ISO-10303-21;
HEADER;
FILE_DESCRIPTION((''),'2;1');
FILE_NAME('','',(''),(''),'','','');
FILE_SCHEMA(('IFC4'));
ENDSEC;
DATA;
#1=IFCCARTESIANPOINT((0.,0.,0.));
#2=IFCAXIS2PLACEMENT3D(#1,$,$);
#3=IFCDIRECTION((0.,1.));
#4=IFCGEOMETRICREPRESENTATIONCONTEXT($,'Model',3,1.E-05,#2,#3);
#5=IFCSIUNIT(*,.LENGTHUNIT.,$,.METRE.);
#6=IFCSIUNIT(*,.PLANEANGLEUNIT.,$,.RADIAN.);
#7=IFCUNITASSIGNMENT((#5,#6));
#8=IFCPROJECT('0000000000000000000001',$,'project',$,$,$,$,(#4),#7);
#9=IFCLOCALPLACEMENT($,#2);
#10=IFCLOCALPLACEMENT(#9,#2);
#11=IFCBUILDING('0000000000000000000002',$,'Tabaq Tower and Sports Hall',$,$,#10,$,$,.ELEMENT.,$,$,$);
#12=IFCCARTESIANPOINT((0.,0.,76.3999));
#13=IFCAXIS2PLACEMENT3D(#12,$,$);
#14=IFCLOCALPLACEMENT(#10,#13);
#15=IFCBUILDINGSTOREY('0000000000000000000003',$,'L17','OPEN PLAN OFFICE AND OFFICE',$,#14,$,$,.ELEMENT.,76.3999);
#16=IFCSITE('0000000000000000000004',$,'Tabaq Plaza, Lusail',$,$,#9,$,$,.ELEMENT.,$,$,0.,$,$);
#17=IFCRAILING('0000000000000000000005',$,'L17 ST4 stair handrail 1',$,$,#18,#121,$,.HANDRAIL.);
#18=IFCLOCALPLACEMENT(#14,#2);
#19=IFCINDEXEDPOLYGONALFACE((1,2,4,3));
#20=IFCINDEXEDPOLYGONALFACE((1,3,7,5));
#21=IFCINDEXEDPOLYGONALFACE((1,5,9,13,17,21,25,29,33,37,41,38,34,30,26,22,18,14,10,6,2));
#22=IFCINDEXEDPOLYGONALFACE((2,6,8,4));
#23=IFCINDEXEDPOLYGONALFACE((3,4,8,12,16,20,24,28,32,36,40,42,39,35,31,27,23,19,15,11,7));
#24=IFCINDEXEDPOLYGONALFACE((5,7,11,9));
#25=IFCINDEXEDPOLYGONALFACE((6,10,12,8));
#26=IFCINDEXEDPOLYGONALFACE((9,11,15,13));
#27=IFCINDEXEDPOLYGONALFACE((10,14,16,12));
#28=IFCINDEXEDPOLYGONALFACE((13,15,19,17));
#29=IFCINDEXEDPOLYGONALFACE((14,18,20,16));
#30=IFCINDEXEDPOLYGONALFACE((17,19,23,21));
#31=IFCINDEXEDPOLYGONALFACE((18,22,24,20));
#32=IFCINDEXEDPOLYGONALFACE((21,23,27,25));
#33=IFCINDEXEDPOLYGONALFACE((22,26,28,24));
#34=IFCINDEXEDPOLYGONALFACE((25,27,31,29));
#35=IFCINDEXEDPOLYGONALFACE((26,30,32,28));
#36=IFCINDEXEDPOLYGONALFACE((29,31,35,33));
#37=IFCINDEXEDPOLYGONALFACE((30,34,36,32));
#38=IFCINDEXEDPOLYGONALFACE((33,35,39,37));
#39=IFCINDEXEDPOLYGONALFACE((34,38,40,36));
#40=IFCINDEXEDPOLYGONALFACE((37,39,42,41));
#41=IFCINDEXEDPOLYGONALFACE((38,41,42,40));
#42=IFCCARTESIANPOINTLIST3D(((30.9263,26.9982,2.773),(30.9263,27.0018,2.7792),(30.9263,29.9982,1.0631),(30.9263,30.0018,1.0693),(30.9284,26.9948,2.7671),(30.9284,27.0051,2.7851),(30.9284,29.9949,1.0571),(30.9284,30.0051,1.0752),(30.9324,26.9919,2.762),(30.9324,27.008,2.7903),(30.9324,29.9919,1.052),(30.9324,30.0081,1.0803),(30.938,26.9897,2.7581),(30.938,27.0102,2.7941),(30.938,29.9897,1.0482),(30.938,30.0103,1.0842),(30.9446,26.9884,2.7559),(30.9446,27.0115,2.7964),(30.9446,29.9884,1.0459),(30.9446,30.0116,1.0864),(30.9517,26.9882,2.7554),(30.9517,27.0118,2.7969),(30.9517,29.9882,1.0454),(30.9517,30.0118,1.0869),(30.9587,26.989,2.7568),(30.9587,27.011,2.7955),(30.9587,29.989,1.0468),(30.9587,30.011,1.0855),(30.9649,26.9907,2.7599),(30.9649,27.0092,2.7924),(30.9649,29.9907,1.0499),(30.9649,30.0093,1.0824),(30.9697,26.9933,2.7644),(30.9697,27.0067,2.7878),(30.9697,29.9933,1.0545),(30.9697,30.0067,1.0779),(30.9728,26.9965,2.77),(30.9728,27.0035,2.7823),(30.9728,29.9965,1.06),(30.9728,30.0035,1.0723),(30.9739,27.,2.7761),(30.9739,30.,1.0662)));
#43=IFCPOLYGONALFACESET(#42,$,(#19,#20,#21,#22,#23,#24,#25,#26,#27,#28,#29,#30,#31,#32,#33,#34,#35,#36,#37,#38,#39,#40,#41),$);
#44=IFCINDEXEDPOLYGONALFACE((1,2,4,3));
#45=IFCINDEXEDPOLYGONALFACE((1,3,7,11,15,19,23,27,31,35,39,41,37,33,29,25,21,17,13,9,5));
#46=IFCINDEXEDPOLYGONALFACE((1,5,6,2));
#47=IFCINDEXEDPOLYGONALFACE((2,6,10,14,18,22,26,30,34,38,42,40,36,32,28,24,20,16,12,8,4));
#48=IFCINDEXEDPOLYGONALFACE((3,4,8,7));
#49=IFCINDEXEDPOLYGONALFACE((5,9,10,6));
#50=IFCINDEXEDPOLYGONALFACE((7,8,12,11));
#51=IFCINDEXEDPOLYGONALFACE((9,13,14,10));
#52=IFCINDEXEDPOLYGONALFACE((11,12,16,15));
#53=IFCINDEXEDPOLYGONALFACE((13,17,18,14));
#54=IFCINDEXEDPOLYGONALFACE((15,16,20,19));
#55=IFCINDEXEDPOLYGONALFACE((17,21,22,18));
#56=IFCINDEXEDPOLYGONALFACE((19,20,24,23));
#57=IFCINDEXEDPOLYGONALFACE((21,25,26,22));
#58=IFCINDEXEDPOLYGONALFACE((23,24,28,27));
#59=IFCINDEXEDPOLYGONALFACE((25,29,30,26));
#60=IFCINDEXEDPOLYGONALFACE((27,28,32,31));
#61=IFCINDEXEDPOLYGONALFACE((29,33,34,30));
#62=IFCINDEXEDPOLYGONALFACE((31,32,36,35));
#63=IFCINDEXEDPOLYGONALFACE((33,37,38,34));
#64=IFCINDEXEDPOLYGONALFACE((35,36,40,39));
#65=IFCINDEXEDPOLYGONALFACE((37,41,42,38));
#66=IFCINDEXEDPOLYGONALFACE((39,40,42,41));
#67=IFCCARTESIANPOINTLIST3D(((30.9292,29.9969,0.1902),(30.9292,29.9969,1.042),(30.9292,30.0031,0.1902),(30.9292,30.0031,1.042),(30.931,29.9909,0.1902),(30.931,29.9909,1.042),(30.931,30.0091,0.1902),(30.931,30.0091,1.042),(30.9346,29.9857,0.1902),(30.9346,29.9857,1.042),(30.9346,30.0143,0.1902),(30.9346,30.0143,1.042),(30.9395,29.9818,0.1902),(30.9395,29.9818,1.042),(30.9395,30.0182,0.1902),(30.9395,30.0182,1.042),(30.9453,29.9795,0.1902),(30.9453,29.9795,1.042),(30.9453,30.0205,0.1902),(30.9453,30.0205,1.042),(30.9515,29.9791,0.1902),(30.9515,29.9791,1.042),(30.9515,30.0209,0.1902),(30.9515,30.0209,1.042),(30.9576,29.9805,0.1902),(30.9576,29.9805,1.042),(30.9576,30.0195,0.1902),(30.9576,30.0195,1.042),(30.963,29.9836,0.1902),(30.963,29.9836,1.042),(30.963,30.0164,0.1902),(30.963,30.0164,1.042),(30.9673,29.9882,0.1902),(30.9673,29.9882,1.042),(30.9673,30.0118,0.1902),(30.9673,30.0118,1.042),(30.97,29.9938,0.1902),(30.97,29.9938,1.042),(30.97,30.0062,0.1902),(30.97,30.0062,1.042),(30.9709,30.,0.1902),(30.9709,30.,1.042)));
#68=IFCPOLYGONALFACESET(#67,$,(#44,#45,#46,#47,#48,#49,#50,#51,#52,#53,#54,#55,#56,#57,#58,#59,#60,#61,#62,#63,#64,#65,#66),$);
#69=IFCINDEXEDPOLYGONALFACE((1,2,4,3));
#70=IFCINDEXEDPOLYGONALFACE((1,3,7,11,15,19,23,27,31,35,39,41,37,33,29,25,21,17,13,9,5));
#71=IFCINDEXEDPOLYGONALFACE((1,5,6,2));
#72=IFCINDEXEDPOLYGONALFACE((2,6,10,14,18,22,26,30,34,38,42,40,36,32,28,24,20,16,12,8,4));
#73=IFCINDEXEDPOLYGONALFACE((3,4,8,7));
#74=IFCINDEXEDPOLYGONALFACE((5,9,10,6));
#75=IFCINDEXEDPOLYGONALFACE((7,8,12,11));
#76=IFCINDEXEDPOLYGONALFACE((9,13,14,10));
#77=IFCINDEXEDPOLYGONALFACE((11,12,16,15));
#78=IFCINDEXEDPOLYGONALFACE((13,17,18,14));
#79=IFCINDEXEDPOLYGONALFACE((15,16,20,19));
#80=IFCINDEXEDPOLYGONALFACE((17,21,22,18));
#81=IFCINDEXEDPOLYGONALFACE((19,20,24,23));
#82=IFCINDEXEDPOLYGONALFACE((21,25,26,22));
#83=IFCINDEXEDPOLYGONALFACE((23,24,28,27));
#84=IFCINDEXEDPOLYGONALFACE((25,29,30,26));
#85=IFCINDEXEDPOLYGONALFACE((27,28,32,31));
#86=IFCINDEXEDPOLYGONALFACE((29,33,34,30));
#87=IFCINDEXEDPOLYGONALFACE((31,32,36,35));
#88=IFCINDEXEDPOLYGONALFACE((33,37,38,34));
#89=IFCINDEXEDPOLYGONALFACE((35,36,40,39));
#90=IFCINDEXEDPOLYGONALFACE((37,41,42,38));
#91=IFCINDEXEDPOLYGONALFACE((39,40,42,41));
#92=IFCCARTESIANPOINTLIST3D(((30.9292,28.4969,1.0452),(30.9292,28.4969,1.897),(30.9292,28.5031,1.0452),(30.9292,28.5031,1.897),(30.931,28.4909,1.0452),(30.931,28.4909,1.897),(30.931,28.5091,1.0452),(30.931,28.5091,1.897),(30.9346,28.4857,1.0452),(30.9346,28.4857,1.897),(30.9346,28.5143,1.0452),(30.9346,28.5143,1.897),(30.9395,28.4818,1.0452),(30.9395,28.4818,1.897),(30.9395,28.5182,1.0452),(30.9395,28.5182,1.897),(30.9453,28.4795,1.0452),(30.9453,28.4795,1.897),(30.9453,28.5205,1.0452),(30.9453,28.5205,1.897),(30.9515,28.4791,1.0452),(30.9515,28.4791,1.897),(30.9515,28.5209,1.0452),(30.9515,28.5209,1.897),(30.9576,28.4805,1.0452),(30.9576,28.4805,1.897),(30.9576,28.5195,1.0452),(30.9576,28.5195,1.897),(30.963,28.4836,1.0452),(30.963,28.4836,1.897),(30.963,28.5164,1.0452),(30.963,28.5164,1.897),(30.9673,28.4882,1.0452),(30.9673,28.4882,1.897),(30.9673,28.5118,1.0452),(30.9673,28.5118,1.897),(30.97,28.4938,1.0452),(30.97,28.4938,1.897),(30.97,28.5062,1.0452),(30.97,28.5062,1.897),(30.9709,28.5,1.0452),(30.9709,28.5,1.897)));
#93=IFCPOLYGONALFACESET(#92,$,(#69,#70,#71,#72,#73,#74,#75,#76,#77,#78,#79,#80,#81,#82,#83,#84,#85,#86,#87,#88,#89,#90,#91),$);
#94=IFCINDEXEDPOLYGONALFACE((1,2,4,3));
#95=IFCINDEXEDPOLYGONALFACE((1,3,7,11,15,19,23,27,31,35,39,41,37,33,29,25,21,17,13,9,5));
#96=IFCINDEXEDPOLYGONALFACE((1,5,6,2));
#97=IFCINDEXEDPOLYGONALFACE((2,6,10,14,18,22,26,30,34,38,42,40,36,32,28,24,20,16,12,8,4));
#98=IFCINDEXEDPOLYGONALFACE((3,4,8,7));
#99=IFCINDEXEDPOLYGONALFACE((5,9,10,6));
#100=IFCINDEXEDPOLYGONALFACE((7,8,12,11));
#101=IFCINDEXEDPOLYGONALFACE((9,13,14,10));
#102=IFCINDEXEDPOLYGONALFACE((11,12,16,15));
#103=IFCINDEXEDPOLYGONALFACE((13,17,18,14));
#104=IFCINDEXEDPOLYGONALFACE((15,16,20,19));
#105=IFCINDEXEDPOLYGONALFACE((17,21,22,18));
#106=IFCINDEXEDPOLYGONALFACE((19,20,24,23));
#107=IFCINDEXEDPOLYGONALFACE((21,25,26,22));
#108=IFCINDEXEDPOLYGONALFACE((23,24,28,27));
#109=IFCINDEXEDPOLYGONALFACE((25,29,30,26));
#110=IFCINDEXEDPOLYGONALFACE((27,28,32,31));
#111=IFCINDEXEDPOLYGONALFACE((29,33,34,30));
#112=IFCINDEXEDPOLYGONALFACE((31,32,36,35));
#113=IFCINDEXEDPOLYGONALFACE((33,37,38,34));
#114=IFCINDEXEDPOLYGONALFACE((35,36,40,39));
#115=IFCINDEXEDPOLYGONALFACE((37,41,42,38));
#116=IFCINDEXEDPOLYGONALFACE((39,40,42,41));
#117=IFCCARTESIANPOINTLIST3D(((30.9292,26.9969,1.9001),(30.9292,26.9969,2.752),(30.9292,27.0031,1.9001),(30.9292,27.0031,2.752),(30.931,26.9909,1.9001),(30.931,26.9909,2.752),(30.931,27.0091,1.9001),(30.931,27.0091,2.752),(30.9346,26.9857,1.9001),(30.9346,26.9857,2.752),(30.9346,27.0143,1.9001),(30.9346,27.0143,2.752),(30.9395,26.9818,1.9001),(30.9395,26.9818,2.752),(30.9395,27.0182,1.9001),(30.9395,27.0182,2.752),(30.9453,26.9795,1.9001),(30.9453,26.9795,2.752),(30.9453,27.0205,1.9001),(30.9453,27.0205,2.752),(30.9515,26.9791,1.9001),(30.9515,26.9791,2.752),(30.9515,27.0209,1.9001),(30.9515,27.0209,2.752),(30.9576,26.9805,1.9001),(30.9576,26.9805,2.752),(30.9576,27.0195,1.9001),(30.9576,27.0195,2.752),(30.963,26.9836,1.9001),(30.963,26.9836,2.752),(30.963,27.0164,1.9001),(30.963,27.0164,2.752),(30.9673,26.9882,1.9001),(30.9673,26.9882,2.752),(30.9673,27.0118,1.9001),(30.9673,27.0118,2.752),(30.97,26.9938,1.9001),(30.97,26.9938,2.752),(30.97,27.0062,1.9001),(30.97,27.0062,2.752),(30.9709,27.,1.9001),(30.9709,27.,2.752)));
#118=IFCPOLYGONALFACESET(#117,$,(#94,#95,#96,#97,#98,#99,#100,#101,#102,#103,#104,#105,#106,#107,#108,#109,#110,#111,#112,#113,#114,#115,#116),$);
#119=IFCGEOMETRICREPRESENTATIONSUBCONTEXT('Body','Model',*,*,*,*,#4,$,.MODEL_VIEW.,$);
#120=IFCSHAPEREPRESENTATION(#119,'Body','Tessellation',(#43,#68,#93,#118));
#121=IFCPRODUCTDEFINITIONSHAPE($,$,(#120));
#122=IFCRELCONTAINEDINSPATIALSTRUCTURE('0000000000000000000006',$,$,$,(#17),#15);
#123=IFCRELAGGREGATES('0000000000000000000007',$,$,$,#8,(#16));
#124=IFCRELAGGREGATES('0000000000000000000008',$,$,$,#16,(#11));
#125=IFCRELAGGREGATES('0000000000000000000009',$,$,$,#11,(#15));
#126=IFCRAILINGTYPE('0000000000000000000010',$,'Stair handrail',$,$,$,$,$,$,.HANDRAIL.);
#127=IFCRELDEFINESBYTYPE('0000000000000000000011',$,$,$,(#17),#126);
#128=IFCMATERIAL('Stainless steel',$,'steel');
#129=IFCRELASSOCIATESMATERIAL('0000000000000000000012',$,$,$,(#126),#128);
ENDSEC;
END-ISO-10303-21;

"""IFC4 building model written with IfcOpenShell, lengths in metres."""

from ifc_helpers import new_model, si_unit, direction, frame, origin, origin_2d, place, context, subcontext, project, spatial, circle, extrude, material, type_object, element, save


model = new_model("IFC4")

# Units and contexts
model_context = context("Model", 3, precision=1e-05, world=origin(), true_north=direction((0.0, 1.0)))
body_context = subcontext(model_context, "Body", "Model", "MODEL_VIEW")
ifc_project = project(units=[si_unit("LENGTHUNIT", "METRE"), si_unit("PLANEANGLEUNIT", "RADIAN")], contexts=[model_context])

# Site, building, storey
site_placement = place(None, origin())
site = spatial("IfcSite", under=ifc_project, at=site_placement, Name="Tabaq Plaza, Lusail", CompositionType="ELEMENT", RefElevation=0.0)
building_placement = place(site_placement, origin())
building = spatial("IfcBuilding", under=site, at=building_placement, Name="Tabaq Tower and Sports Hall", CompositionType="ELEMENT")
storey_placement = place(building_placement, frame((0.0, 0.0, 76.3999)))
storey = spatial("IfcBuildingStorey", under=building, at=storey_placement, Name="L17", Description="OPEN PLAN OFFICE AND OFFICE", CompositionType="ELEMENT", Elevation=76.3999)

# Railing
ifc_material_1 = material(Name="Stainless steel", Category="steel")
railing_type_1 = type_object("IfcRailingType", Name="Stair handrail", PredefinedType="HANDRAIL", material=ifc_material_1)
railing_1_placement = place(storey_placement, frame((30.95, 30.0, 0.1902)))
element("IfcRailing", 1, at=railing_1_placement, inside=storey, type_object=railing_type_1, Name="L17 ST4 stair handrail 1", PredefinedType="HANDRAIL", context=body_context, shape_type="SweptSolid", body=[
    extrude(circle(Radius=0.0239, at=origin_2d()), frame((0.0, 0.0, 0.876), z_axis=(0.0, -0.868782, 0.495195), x_axis=(1.0, 0.0, 0.0)), (0.0, 0.0, 1.0), 3.4531),
    extrude(circle(Radius=0.021, at=origin_2d()), origin(), (0.0, 0.0, 1.0), 0.8518),
    extrude(circle(Radius=0.021, at=origin_2d()), frame((0.0, -1.5, 0.855)), (0.0, 0.0, 1.0), 0.8518),
    extrude(circle(Radius=0.021, at=origin_2d()), frame((0.0, -3.0, 1.71)), (0.0, 0.0, 1.0), 0.8518),
])

save(model, "model.ifc")
